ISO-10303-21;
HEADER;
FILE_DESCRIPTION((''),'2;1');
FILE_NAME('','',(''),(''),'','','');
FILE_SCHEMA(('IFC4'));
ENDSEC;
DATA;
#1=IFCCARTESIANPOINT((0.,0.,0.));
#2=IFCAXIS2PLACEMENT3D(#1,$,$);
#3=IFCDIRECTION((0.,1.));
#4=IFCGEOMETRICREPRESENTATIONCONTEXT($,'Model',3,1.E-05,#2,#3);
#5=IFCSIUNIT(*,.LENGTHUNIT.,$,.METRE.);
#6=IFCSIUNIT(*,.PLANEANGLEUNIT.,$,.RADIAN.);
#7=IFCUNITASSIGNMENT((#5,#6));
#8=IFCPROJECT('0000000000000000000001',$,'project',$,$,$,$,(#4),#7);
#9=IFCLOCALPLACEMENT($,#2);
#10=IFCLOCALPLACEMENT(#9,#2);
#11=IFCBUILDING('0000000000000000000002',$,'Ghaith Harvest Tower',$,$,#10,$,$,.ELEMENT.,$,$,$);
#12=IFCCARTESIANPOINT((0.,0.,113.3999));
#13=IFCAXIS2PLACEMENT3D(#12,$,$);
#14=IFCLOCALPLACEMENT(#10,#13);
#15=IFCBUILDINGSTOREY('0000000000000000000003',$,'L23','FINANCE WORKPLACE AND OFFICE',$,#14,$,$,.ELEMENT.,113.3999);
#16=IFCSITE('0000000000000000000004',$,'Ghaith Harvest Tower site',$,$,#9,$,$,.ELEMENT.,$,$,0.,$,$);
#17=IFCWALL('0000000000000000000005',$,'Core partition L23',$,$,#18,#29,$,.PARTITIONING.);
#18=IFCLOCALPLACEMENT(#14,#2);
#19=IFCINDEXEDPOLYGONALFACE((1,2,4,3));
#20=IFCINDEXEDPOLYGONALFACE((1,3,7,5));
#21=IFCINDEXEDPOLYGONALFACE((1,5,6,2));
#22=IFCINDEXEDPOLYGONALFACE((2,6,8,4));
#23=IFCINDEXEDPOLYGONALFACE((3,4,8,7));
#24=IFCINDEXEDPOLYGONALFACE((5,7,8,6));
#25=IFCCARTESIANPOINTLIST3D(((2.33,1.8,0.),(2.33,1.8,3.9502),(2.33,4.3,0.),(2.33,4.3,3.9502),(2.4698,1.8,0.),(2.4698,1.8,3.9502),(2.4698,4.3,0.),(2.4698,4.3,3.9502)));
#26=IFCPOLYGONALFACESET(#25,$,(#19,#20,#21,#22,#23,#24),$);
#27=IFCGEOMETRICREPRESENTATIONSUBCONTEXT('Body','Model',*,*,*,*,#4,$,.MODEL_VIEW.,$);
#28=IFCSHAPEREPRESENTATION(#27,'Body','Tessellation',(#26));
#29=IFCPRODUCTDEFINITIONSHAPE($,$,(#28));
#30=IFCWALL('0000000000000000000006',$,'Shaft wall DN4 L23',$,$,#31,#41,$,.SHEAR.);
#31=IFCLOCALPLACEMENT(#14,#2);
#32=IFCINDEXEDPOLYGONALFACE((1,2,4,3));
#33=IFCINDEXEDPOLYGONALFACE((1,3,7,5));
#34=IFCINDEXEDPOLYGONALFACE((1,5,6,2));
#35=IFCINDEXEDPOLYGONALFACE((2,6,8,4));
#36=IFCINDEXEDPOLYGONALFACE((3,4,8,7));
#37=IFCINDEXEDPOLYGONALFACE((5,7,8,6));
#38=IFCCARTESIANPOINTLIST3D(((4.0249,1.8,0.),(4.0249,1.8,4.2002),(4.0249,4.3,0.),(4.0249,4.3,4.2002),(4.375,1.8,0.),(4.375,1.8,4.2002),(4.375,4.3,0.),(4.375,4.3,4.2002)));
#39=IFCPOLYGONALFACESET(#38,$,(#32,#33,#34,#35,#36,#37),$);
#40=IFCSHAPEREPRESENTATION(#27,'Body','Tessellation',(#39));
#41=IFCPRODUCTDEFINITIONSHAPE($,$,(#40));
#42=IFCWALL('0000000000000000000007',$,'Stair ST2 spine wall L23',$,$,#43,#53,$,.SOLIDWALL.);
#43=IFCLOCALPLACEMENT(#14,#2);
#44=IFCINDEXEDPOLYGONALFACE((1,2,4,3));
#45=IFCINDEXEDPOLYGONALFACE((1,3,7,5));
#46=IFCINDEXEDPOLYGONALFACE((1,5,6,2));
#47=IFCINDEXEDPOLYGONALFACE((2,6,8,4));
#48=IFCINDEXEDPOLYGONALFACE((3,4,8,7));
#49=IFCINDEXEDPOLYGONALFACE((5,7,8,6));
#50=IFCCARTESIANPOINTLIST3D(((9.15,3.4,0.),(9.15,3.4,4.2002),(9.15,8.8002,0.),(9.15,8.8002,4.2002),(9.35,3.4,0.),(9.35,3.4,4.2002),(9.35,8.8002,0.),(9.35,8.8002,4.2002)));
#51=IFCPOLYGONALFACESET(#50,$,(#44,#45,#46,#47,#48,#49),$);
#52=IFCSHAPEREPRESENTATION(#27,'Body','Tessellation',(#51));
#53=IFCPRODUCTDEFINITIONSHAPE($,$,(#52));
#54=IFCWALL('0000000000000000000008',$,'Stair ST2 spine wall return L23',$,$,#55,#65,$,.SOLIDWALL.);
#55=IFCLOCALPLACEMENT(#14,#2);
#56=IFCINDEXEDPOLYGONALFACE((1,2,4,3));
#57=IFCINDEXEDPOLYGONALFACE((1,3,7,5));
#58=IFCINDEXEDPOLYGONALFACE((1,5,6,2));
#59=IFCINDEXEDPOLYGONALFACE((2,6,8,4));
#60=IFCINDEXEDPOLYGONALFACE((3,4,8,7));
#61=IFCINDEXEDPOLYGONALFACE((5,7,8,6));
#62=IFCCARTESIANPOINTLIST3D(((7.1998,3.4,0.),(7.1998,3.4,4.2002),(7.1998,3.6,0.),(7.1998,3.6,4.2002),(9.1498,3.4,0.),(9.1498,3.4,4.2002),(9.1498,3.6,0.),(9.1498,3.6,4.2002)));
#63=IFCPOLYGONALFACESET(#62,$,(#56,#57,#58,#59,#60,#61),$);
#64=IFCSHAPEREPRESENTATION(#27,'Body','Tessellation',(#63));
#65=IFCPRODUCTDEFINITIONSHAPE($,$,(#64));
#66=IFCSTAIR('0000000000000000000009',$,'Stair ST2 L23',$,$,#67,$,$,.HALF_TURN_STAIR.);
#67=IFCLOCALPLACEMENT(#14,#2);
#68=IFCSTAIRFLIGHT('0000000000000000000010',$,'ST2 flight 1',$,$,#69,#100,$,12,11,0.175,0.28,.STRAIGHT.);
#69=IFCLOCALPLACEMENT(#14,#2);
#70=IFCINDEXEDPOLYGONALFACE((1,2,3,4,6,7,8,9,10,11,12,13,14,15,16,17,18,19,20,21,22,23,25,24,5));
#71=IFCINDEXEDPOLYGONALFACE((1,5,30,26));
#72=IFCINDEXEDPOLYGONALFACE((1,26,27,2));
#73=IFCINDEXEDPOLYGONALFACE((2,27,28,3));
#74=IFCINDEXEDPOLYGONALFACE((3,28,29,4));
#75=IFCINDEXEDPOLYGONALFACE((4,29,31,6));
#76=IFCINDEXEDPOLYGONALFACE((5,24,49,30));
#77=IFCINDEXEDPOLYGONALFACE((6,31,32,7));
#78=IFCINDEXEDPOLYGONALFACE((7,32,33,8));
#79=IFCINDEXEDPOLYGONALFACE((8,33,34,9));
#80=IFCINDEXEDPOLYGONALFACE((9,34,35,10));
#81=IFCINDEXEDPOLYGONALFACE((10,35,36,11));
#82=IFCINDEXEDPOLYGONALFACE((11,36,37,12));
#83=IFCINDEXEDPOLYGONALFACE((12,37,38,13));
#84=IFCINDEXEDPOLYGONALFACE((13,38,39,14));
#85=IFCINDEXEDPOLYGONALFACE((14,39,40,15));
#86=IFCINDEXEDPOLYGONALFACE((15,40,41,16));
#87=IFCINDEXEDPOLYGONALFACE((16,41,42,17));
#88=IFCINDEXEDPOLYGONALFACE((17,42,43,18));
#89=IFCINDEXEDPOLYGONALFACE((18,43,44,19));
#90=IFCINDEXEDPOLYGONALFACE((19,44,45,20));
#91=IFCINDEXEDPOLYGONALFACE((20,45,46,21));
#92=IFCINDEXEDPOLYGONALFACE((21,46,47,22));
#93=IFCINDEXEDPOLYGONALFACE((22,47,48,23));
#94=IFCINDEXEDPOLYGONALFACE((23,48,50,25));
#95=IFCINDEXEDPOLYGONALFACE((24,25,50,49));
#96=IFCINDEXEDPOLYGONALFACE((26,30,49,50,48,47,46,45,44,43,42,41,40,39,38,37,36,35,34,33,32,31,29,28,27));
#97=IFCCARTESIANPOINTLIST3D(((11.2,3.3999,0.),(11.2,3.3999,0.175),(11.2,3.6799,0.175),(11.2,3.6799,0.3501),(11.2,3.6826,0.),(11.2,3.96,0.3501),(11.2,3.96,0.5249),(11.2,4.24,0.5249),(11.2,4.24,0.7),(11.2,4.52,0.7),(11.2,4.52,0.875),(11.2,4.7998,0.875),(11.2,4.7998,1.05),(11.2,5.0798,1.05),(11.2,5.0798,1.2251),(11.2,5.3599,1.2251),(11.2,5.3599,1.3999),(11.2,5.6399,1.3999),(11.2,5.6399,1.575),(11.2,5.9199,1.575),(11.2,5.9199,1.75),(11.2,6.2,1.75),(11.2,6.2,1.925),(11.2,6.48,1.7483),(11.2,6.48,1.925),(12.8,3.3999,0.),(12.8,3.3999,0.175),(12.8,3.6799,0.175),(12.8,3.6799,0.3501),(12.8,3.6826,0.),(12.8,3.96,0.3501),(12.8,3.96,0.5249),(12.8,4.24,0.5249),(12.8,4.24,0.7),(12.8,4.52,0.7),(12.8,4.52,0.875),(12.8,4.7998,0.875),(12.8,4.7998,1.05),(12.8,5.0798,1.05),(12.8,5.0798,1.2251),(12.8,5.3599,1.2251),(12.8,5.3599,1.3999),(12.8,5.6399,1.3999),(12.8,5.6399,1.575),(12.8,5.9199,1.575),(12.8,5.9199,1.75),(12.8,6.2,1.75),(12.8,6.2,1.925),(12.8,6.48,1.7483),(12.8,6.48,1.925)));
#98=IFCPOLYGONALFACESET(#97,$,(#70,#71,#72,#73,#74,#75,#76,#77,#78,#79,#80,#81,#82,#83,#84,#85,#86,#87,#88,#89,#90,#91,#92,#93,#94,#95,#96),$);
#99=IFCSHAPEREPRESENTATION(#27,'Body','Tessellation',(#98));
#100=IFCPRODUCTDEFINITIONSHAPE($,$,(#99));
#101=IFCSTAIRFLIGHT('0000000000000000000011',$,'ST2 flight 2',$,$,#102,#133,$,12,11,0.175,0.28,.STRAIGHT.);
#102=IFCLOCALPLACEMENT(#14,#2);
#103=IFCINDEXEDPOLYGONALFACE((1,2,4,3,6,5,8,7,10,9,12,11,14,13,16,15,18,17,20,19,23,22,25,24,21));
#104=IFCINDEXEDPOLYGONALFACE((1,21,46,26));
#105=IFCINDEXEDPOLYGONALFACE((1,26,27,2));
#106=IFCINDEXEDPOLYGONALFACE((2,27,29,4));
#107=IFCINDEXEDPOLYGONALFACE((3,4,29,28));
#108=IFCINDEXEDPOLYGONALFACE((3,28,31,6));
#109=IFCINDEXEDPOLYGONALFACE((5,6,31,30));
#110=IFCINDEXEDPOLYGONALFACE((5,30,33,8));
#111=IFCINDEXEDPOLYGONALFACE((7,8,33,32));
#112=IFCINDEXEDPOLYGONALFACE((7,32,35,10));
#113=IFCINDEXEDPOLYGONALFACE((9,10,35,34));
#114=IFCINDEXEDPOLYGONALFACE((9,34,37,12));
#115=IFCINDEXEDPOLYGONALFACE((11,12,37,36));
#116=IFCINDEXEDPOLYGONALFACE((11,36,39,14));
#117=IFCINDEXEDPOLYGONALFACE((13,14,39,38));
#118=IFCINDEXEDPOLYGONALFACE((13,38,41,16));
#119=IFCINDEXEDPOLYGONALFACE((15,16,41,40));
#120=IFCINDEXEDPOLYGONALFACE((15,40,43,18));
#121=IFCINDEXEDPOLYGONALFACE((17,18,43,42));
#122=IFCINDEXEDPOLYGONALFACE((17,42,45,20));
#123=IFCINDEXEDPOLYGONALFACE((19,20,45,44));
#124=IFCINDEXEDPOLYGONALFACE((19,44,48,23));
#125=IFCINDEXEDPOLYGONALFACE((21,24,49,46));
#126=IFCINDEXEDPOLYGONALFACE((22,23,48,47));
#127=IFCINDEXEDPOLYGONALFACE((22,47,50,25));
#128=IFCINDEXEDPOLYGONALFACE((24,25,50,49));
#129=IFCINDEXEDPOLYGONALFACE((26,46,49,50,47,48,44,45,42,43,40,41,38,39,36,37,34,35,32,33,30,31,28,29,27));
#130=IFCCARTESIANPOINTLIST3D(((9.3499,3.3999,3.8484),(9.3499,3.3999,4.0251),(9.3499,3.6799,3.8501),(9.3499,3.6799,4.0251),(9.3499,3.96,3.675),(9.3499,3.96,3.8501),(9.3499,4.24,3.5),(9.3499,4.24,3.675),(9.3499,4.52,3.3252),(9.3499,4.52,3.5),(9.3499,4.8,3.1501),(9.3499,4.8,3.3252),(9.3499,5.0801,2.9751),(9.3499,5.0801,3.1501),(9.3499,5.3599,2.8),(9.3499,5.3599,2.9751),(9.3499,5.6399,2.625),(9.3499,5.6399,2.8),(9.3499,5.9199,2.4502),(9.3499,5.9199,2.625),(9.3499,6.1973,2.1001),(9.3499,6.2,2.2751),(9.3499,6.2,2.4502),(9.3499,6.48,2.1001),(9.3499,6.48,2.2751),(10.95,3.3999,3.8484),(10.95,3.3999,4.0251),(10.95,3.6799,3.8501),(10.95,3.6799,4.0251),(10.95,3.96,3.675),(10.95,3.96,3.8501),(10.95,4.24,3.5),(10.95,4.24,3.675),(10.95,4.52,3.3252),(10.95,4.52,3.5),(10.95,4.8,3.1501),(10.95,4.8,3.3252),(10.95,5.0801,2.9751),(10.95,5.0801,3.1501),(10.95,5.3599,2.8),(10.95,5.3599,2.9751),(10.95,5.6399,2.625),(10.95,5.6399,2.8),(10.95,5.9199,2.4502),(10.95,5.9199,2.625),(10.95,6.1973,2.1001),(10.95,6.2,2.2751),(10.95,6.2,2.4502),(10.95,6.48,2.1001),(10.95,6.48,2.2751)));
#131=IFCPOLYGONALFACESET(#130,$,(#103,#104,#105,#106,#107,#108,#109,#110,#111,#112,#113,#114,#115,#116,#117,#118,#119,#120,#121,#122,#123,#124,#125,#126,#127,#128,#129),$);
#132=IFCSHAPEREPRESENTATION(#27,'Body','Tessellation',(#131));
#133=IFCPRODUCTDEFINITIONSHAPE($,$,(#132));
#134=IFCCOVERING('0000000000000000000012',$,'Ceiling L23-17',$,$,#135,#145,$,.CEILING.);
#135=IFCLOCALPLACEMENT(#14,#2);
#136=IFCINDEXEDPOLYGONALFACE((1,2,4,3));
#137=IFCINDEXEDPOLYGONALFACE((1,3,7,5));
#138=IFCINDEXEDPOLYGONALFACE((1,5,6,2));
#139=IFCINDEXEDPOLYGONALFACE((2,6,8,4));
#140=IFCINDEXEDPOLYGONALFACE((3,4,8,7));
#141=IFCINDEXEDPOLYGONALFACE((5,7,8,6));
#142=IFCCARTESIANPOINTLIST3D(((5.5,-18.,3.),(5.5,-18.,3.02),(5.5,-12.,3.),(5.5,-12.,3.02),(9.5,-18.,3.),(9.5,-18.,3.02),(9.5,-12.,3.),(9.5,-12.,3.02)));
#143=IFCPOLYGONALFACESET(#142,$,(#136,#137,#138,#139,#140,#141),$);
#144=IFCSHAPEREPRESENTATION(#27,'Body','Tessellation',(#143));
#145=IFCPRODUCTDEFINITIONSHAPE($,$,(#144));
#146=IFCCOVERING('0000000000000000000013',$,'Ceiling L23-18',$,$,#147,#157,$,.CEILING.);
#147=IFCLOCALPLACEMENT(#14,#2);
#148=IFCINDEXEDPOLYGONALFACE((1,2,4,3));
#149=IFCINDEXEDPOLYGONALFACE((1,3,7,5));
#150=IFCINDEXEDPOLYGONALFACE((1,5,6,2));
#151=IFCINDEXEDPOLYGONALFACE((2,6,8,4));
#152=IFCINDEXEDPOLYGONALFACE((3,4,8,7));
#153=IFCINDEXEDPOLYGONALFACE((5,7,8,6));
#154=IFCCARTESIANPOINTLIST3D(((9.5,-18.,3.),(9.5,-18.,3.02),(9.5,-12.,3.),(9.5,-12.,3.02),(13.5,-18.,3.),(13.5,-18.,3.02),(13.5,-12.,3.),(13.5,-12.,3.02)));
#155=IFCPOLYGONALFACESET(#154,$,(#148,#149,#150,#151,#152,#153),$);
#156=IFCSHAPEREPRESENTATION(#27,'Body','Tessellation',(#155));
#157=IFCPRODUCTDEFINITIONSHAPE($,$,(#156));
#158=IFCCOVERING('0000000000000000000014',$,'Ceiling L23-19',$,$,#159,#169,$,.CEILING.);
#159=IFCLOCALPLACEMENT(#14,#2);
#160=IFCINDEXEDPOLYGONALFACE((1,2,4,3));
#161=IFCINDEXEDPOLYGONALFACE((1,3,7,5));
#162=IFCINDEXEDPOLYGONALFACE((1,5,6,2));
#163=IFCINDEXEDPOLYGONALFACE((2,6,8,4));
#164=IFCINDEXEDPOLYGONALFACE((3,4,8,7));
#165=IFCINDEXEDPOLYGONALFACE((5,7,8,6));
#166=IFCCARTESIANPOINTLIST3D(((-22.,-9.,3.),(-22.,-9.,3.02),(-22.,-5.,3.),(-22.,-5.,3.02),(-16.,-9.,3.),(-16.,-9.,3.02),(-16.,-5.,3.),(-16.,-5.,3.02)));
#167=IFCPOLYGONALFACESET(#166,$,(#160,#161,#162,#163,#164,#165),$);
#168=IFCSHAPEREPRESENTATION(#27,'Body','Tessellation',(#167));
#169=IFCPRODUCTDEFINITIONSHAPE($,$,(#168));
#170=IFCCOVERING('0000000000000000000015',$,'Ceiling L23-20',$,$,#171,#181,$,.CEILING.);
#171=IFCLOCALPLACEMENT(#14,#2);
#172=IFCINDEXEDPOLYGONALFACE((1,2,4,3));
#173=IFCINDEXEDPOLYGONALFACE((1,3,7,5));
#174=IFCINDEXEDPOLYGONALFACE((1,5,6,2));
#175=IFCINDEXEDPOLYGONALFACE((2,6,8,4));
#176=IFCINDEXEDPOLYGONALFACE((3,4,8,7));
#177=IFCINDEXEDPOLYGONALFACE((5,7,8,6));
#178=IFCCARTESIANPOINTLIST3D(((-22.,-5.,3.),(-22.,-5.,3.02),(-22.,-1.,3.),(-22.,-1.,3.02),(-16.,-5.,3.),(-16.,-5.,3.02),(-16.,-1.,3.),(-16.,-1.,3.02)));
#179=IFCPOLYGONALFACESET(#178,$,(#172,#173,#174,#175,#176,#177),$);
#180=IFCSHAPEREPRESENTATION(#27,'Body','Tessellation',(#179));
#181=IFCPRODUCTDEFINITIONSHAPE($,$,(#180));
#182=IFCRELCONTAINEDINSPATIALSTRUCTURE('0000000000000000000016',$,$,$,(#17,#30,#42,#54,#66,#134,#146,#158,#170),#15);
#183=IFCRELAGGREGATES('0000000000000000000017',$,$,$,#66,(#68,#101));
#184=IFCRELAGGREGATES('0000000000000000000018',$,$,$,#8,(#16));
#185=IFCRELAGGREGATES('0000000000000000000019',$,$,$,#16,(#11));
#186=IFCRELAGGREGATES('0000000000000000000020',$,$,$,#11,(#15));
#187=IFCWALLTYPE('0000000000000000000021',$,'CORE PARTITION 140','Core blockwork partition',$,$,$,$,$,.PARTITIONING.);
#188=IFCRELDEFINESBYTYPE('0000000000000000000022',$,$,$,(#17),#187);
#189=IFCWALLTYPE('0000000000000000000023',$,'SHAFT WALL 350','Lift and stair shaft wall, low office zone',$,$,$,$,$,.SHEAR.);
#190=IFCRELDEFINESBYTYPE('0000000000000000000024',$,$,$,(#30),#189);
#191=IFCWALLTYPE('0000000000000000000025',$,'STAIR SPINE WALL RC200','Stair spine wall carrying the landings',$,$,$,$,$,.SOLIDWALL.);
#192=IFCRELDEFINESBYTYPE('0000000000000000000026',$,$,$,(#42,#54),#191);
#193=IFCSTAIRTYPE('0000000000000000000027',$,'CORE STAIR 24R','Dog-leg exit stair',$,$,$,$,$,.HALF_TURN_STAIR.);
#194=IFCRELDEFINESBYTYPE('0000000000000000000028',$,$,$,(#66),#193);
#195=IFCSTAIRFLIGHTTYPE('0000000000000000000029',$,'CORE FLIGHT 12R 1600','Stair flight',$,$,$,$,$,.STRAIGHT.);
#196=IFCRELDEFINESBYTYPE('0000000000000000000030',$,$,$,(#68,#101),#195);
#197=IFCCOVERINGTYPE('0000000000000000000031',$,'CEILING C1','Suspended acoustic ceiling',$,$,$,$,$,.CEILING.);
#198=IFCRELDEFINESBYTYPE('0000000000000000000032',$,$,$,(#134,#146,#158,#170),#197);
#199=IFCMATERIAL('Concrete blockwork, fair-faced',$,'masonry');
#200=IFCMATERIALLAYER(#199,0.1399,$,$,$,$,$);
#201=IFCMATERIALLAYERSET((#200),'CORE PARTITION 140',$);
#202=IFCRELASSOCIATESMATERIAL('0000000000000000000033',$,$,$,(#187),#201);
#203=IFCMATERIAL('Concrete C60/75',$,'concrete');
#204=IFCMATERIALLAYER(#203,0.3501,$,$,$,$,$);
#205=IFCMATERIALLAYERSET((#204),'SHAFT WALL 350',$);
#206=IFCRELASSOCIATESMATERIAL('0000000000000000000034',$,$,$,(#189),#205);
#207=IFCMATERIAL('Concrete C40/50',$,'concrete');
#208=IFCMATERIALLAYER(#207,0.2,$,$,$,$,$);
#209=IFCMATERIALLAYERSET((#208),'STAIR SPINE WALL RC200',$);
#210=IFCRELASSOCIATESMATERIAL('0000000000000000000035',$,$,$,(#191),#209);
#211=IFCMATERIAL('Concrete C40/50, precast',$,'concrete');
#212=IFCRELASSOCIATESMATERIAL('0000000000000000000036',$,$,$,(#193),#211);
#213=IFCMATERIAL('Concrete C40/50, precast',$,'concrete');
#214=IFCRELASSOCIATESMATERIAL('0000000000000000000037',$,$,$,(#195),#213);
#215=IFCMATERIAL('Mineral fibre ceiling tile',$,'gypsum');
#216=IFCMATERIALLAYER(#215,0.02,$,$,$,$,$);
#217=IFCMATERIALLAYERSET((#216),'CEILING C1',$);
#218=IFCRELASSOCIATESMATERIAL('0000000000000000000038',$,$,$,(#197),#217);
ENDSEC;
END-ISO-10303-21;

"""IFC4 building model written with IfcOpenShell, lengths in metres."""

from ifc_helpers import new_model, si_unit, direction, frame, frame_2d, origin, place, context, subcontext, project, spatial, polyline, rectangle, outline, extrude, material, layer, layer_set, type_object, element, aggregate, save


model = new_model("IFC4")

# Units and contexts
model_context = context("Model", 3, precision=1e-05, world=origin(), true_north=direction((0.0, 1.0)))
body_context = subcontext(model_context, "Body", "Model", "MODEL_VIEW")
ifc_project = project(units=[si_unit("LENGTHUNIT", "METRE"), si_unit("PLANEANGLEUNIT", "RADIAN")], contexts=[model_context])

# Site, building, storey
site_placement = place(None, origin())
site = spatial("IfcSite", under=ifc_project, at=site_placement, Name="Ghaith Harvest Tower site", CompositionType="ELEMENT", RefElevation=0.0)
building_placement = place(site_placement, origin())
building = spatial("IfcBuilding", under=site, at=building_placement, Name="Ghaith Harvest Tower", CompositionType="ELEMENT")
storey_placement = place(building_placement, frame((0.0, 0.0, 113.3999)))
storey = spatial("IfcBuildingStorey", under=building, at=storey_placement, Name="L23", Description="FINANCE WORKPLACE AND OFFICE", CompositionType="ELEMENT", Elevation=113.3999)

# Wall
ifc_material_1 = material(Name="Concrete blockwork, fair-faced", Category="masonry")
ifc_layer_1 = layer(ifc_material_1, 0.1399)
ifc_layer_set_1 = layer_set([ifc_layer_1], Name="CORE PARTITION 140")
wall_type_1 = type_object("IfcWallType", Name="CORE PARTITION 140", Description="Core blockwork partition", PredefinedType="PARTITIONING", material=ifc_layer_set_1)
wall_1_placement = place(storey_placement, frame((2.3999, 1.8, 0.0), z_axis=(0.0, 0.0, 1.0), x_axis=(0.0, 1.0, 0.0)))
element("IfcWall", 1, at=wall_1_placement, inside=storey, type_object=wall_type_1, Name="Core partition L23", PredefinedType="PARTITIONING", context=body_context, shape_type="SweptSolid", body=[
    extrude(rectangle(XDim=2.5, YDim=0.1399, at=frame_2d((1.25, 0.0))), origin(), (0.0, 0.0, 1.0), 3.9502),
])

# Shared definitions
ifc_material_2 = material(Name="Concrete C60/75", Category="concrete")
ifc_layer_2 = layer(ifc_material_2, 0.3501)
ifc_layer_set_2 = layer_set([ifc_layer_2], Name="SHAFT WALL 350")
wall_type_2 = type_object("IfcWallType", Name="SHAFT WALL 350", Description="Lift and stair shaft wall, low office zone", PredefinedType="SHEAR", material=ifc_layer_set_2)

# Walls
wall_2_placement = place(storey_placement, frame((4.2, 1.8, 0.0), z_axis=(0.0, 0.0, 1.0), x_axis=(0.0, 1.0, 0.0)))
element("IfcWall", 2, at=wall_2_placement, inside=storey, type_object=wall_type_2, Name="Shaft wall DN4 L23", PredefinedType="SHEAR", context=body_context, shape_type="SweptSolid", body=[
    extrude(rectangle(XDim=2.5, YDim=0.3501, at=frame_2d((1.25, 0.0))), origin(), (0.0, 0.0, 1.0), 4.2002),
])
ifc_material_3 = material(Name="Concrete C40/50", Category="concrete")
ifc_layer_3 = layer(ifc_material_3, 0.2)
ifc_layer_set_3 = layer_set([ifc_layer_3], Name="STAIR SPINE WALL RC200")
wall_type_3 = type_object("IfcWallType", Name="STAIR SPINE WALL RC200", Description="Stair spine wall carrying the landings", PredefinedType="SOLIDWALL", material=ifc_layer_set_3)
wall_3_placement = place(storey_placement, frame((9.25, 3.3999, 0.0), z_axis=(0.0, 0.0, 1.0), x_axis=(0.0, 1.0, 0.0)))
element("IfcWall", 3, at=wall_3_placement, inside=storey, type_object=wall_type_3, Name="Stair ST2 spine wall L23", PredefinedType="SOLIDWALL", context=body_context, shape_type="SweptSolid", body=[
    extrude(rectangle(XDim=5.4001, YDim=0.2, at=frame_2d((2.7002, 0.0))), origin(), (0.0, 0.0, 1.0), 4.2002),
])
wall_4_placement = place(storey_placement, frame((9.1499, 3.5, 0.0), z_axis=(0.0, 0.0, 1.0), x_axis=(-1.0, 0.0, 0.0)))
element("IfcWall", 4, at=wall_4_placement, inside=storey, type_object=wall_type_3, Name="Stair ST2 spine wall return L23", PredefinedType="SOLIDWALL", context=body_context, shape_type="SweptSolid", body=[
    extrude(rectangle(XDim=1.95, YDim=0.2, at=frame_2d((0.9751, 0.0))), origin(), (0.0, 0.0, 1.0), 4.2002),
])

# Stair, stair flights
ifc_material_4 = material(Name="Concrete C40/50, precast", Category="concrete")
stair_type = type_object("IfcStairType", Name="CORE STAIR 24R", Description="Dog-leg exit stair", PredefinedType="HALF_TURN_STAIR", material=ifc_material_4)
stair_placement = place(storey_placement, origin())
stair = element("IfcStair", 5, at=stair_placement, inside=storey, type_object=stair_type, Name="Stair ST2 L23", PredefinedType="HALF_TURN_STAIR")
ifc_material_5 = material(Name="Concrete C40/50, precast", Category="concrete")
stair_flight_type = type_object("IfcStairFlightType", Name="CORE FLIGHT 12R 1600", Description="Stair flight", PredefinedType="STRAIGHT", material=ifc_material_5)
stair_flight_1_placement = place(storey_placement, frame((12.0, 3.3999, 0.0), z_axis=(0.0, 0.0, 1.0), x_axis=(0.0, 1.0, 0.0)))
stair_flight_1 = element("IfcStairFlight", 6, at=stair_flight_1_placement, type_object=stair_flight_type, Name="ST2 flight 1", NumberOfRisers=12, NumberOfTreads=11, PredefinedType="STRAIGHT", RiserHeight=0.175, TreadLength=0.28, context=body_context, shape_type="SweptSolid", body=[
    extrude(outline(polyline([(0.0, 0.0), (0.0, 0.175), (0.28, 0.175), (0.28, 0.3501), (0.5601, 0.3501), (0.5601, 0.5249), (0.8401, 0.5249), (0.8401, 0.7), (1.1201, 0.7), (1.1201, 0.875), (1.3999, 0.875), (1.3999, 1.05), (1.6799, 1.05), (1.6799, 1.2251), (1.96, 1.2251), (1.96, 1.3999), (2.24, 1.3999), (2.24, 1.575), (2.52, 1.575), (2.52, 1.75), (2.8, 1.75), (2.8, 1.925), (3.0801, 1.925), (3.0801, 2.1001), (3.0801, 1.7483), (0.2827, 0.0), (0.0, 0.0)])), frame((0.0, 0.8, 0.0), z_axis=(0.0, -1.0, 0.0), x_axis=(1.0, 0.0, 0.0)), (0.0, 0.0, 1.0), 1.6001),
])
stair_flight_2_placement = place(storey_placement, frame((10.1499, 6.48, 2.1001), z_axis=(0.0, 0.0, 1.0), x_axis=(0.0, -1.0, 0.0)))
stair_flight_2 = element("IfcStairFlight", 7, at=stair_flight_2_placement, type_object=stair_flight_type, Name="ST2 flight 2", NumberOfRisers=12, NumberOfTreads=11, PredefinedType="STRAIGHT", RiserHeight=0.175, TreadLength=0.28, context=body_context, shape_type="SweptSolid", body=[
    extrude(outline(polyline([(0.0, 0.0), (0.0, 0.175), (0.28, 0.175), (0.28, 0.3501), (0.5601, 0.3501), (0.5601, 0.5249), (0.8401, 0.5249), (0.8401, 0.7), (1.1201, 0.7), (1.1201, 0.875), (1.3999, 0.875), (1.3999, 1.05), (1.6799, 1.05), (1.6799, 1.2251), (1.96, 1.2251), (1.96, 1.3999), (2.24, 1.3999), (2.24, 1.575), (2.52, 1.575), (2.52, 1.75), (2.8, 1.75), (2.8, 1.925), (3.0801, 1.925), (3.0801, 2.1001), (3.0801, 1.7483), (0.2827, 0.0), (0.0, 0.0)])), frame((0.0, 0.8, 0.0), z_axis=(0.0, -1.0, 0.0), x_axis=(1.0, 0.0, 0.0)), (0.0, 0.0, 1.0), 1.6001),
])
aggregate(stair, [stair_flight_1, stair_flight_2])

# Coverings
ifc_material_6 = material(Name="Mineral fibre ceiling tile", Category="gypsum")
ifc_layer_4 = layer(ifc_material_6, 0.02)
ifc_layer_set_4 = layer_set([ifc_layer_4], Name="CEILING C1")
covering_type = type_object("IfcCoveringType", Name="CEILING C1", Description="Suspended acoustic ceiling", PredefinedType="CEILING", material=ifc_layer_set_4)
covering_1_placement = place(storey_placement, frame((0.0, 0.0, 3.0)))
element("IfcCovering", 8, at=covering_1_placement, inside=storey, type_object=covering_type, Name="Ceiling L23-17", PredefinedType="CEILING", context=body_context, shape_type="SweptSolid", body=[
    extrude(outline(polyline([(5.5, -18.0), (9.5, -18.0), (9.5, -12.0), (5.5, -12.0), (5.5, -18.0)])), origin(), (0.0, 0.0, 1.0), 0.02),
])
covering_2_placement = place(storey_placement, frame((0.0, 0.0, 3.0)))
element("IfcCovering", 9, at=covering_2_placement, inside=storey, type_object=covering_type, Name="Ceiling L23-18", PredefinedType="CEILING", context=body_context, shape_type="SweptSolid", body=[
    extrude(outline(polyline([(9.5, -18.0), (13.5, -18.0), (13.5, -12.0), (9.5, -12.0), (9.5, -18.0)])), origin(), (0.0, 0.0, 1.0), 0.02),
])
covering_3_placement = place(storey_placement, frame((0.0, 0.0, 3.0)))
element("IfcCovering", 10, at=covering_3_placement, inside=storey, type_object=covering_type, Name="Ceiling L23-19", PredefinedType="CEILING", context=body_context, shape_type="SweptSolid", body=[
    extrude(outline(polyline([(-22.0, -9.0), (-16.0, -9.0), (-16.0, -5.0), (-22.0, -5.0), (-22.0, -9.0)])), origin(), (0.0, 0.0, 1.0), 0.02),
])
covering_4_placement = place(storey_placement, frame((0.0, 0.0, 3.0)))
element("IfcCovering", 11, at=covering_4_placement, inside=storey, type_object=covering_type, Name="Ceiling L23-20", PredefinedType="CEILING", context=body_context, shape_type="SweptSolid", body=[
    extrude(outline(polyline([(-22.0, -5.0), (-16.0, -5.0), (-16.0, -1.0), (-22.0, -1.0), (-22.0, -5.0)])), origin(), (0.0, 0.0, 1.0), 0.02),
])

save(model, "model.ifc")
